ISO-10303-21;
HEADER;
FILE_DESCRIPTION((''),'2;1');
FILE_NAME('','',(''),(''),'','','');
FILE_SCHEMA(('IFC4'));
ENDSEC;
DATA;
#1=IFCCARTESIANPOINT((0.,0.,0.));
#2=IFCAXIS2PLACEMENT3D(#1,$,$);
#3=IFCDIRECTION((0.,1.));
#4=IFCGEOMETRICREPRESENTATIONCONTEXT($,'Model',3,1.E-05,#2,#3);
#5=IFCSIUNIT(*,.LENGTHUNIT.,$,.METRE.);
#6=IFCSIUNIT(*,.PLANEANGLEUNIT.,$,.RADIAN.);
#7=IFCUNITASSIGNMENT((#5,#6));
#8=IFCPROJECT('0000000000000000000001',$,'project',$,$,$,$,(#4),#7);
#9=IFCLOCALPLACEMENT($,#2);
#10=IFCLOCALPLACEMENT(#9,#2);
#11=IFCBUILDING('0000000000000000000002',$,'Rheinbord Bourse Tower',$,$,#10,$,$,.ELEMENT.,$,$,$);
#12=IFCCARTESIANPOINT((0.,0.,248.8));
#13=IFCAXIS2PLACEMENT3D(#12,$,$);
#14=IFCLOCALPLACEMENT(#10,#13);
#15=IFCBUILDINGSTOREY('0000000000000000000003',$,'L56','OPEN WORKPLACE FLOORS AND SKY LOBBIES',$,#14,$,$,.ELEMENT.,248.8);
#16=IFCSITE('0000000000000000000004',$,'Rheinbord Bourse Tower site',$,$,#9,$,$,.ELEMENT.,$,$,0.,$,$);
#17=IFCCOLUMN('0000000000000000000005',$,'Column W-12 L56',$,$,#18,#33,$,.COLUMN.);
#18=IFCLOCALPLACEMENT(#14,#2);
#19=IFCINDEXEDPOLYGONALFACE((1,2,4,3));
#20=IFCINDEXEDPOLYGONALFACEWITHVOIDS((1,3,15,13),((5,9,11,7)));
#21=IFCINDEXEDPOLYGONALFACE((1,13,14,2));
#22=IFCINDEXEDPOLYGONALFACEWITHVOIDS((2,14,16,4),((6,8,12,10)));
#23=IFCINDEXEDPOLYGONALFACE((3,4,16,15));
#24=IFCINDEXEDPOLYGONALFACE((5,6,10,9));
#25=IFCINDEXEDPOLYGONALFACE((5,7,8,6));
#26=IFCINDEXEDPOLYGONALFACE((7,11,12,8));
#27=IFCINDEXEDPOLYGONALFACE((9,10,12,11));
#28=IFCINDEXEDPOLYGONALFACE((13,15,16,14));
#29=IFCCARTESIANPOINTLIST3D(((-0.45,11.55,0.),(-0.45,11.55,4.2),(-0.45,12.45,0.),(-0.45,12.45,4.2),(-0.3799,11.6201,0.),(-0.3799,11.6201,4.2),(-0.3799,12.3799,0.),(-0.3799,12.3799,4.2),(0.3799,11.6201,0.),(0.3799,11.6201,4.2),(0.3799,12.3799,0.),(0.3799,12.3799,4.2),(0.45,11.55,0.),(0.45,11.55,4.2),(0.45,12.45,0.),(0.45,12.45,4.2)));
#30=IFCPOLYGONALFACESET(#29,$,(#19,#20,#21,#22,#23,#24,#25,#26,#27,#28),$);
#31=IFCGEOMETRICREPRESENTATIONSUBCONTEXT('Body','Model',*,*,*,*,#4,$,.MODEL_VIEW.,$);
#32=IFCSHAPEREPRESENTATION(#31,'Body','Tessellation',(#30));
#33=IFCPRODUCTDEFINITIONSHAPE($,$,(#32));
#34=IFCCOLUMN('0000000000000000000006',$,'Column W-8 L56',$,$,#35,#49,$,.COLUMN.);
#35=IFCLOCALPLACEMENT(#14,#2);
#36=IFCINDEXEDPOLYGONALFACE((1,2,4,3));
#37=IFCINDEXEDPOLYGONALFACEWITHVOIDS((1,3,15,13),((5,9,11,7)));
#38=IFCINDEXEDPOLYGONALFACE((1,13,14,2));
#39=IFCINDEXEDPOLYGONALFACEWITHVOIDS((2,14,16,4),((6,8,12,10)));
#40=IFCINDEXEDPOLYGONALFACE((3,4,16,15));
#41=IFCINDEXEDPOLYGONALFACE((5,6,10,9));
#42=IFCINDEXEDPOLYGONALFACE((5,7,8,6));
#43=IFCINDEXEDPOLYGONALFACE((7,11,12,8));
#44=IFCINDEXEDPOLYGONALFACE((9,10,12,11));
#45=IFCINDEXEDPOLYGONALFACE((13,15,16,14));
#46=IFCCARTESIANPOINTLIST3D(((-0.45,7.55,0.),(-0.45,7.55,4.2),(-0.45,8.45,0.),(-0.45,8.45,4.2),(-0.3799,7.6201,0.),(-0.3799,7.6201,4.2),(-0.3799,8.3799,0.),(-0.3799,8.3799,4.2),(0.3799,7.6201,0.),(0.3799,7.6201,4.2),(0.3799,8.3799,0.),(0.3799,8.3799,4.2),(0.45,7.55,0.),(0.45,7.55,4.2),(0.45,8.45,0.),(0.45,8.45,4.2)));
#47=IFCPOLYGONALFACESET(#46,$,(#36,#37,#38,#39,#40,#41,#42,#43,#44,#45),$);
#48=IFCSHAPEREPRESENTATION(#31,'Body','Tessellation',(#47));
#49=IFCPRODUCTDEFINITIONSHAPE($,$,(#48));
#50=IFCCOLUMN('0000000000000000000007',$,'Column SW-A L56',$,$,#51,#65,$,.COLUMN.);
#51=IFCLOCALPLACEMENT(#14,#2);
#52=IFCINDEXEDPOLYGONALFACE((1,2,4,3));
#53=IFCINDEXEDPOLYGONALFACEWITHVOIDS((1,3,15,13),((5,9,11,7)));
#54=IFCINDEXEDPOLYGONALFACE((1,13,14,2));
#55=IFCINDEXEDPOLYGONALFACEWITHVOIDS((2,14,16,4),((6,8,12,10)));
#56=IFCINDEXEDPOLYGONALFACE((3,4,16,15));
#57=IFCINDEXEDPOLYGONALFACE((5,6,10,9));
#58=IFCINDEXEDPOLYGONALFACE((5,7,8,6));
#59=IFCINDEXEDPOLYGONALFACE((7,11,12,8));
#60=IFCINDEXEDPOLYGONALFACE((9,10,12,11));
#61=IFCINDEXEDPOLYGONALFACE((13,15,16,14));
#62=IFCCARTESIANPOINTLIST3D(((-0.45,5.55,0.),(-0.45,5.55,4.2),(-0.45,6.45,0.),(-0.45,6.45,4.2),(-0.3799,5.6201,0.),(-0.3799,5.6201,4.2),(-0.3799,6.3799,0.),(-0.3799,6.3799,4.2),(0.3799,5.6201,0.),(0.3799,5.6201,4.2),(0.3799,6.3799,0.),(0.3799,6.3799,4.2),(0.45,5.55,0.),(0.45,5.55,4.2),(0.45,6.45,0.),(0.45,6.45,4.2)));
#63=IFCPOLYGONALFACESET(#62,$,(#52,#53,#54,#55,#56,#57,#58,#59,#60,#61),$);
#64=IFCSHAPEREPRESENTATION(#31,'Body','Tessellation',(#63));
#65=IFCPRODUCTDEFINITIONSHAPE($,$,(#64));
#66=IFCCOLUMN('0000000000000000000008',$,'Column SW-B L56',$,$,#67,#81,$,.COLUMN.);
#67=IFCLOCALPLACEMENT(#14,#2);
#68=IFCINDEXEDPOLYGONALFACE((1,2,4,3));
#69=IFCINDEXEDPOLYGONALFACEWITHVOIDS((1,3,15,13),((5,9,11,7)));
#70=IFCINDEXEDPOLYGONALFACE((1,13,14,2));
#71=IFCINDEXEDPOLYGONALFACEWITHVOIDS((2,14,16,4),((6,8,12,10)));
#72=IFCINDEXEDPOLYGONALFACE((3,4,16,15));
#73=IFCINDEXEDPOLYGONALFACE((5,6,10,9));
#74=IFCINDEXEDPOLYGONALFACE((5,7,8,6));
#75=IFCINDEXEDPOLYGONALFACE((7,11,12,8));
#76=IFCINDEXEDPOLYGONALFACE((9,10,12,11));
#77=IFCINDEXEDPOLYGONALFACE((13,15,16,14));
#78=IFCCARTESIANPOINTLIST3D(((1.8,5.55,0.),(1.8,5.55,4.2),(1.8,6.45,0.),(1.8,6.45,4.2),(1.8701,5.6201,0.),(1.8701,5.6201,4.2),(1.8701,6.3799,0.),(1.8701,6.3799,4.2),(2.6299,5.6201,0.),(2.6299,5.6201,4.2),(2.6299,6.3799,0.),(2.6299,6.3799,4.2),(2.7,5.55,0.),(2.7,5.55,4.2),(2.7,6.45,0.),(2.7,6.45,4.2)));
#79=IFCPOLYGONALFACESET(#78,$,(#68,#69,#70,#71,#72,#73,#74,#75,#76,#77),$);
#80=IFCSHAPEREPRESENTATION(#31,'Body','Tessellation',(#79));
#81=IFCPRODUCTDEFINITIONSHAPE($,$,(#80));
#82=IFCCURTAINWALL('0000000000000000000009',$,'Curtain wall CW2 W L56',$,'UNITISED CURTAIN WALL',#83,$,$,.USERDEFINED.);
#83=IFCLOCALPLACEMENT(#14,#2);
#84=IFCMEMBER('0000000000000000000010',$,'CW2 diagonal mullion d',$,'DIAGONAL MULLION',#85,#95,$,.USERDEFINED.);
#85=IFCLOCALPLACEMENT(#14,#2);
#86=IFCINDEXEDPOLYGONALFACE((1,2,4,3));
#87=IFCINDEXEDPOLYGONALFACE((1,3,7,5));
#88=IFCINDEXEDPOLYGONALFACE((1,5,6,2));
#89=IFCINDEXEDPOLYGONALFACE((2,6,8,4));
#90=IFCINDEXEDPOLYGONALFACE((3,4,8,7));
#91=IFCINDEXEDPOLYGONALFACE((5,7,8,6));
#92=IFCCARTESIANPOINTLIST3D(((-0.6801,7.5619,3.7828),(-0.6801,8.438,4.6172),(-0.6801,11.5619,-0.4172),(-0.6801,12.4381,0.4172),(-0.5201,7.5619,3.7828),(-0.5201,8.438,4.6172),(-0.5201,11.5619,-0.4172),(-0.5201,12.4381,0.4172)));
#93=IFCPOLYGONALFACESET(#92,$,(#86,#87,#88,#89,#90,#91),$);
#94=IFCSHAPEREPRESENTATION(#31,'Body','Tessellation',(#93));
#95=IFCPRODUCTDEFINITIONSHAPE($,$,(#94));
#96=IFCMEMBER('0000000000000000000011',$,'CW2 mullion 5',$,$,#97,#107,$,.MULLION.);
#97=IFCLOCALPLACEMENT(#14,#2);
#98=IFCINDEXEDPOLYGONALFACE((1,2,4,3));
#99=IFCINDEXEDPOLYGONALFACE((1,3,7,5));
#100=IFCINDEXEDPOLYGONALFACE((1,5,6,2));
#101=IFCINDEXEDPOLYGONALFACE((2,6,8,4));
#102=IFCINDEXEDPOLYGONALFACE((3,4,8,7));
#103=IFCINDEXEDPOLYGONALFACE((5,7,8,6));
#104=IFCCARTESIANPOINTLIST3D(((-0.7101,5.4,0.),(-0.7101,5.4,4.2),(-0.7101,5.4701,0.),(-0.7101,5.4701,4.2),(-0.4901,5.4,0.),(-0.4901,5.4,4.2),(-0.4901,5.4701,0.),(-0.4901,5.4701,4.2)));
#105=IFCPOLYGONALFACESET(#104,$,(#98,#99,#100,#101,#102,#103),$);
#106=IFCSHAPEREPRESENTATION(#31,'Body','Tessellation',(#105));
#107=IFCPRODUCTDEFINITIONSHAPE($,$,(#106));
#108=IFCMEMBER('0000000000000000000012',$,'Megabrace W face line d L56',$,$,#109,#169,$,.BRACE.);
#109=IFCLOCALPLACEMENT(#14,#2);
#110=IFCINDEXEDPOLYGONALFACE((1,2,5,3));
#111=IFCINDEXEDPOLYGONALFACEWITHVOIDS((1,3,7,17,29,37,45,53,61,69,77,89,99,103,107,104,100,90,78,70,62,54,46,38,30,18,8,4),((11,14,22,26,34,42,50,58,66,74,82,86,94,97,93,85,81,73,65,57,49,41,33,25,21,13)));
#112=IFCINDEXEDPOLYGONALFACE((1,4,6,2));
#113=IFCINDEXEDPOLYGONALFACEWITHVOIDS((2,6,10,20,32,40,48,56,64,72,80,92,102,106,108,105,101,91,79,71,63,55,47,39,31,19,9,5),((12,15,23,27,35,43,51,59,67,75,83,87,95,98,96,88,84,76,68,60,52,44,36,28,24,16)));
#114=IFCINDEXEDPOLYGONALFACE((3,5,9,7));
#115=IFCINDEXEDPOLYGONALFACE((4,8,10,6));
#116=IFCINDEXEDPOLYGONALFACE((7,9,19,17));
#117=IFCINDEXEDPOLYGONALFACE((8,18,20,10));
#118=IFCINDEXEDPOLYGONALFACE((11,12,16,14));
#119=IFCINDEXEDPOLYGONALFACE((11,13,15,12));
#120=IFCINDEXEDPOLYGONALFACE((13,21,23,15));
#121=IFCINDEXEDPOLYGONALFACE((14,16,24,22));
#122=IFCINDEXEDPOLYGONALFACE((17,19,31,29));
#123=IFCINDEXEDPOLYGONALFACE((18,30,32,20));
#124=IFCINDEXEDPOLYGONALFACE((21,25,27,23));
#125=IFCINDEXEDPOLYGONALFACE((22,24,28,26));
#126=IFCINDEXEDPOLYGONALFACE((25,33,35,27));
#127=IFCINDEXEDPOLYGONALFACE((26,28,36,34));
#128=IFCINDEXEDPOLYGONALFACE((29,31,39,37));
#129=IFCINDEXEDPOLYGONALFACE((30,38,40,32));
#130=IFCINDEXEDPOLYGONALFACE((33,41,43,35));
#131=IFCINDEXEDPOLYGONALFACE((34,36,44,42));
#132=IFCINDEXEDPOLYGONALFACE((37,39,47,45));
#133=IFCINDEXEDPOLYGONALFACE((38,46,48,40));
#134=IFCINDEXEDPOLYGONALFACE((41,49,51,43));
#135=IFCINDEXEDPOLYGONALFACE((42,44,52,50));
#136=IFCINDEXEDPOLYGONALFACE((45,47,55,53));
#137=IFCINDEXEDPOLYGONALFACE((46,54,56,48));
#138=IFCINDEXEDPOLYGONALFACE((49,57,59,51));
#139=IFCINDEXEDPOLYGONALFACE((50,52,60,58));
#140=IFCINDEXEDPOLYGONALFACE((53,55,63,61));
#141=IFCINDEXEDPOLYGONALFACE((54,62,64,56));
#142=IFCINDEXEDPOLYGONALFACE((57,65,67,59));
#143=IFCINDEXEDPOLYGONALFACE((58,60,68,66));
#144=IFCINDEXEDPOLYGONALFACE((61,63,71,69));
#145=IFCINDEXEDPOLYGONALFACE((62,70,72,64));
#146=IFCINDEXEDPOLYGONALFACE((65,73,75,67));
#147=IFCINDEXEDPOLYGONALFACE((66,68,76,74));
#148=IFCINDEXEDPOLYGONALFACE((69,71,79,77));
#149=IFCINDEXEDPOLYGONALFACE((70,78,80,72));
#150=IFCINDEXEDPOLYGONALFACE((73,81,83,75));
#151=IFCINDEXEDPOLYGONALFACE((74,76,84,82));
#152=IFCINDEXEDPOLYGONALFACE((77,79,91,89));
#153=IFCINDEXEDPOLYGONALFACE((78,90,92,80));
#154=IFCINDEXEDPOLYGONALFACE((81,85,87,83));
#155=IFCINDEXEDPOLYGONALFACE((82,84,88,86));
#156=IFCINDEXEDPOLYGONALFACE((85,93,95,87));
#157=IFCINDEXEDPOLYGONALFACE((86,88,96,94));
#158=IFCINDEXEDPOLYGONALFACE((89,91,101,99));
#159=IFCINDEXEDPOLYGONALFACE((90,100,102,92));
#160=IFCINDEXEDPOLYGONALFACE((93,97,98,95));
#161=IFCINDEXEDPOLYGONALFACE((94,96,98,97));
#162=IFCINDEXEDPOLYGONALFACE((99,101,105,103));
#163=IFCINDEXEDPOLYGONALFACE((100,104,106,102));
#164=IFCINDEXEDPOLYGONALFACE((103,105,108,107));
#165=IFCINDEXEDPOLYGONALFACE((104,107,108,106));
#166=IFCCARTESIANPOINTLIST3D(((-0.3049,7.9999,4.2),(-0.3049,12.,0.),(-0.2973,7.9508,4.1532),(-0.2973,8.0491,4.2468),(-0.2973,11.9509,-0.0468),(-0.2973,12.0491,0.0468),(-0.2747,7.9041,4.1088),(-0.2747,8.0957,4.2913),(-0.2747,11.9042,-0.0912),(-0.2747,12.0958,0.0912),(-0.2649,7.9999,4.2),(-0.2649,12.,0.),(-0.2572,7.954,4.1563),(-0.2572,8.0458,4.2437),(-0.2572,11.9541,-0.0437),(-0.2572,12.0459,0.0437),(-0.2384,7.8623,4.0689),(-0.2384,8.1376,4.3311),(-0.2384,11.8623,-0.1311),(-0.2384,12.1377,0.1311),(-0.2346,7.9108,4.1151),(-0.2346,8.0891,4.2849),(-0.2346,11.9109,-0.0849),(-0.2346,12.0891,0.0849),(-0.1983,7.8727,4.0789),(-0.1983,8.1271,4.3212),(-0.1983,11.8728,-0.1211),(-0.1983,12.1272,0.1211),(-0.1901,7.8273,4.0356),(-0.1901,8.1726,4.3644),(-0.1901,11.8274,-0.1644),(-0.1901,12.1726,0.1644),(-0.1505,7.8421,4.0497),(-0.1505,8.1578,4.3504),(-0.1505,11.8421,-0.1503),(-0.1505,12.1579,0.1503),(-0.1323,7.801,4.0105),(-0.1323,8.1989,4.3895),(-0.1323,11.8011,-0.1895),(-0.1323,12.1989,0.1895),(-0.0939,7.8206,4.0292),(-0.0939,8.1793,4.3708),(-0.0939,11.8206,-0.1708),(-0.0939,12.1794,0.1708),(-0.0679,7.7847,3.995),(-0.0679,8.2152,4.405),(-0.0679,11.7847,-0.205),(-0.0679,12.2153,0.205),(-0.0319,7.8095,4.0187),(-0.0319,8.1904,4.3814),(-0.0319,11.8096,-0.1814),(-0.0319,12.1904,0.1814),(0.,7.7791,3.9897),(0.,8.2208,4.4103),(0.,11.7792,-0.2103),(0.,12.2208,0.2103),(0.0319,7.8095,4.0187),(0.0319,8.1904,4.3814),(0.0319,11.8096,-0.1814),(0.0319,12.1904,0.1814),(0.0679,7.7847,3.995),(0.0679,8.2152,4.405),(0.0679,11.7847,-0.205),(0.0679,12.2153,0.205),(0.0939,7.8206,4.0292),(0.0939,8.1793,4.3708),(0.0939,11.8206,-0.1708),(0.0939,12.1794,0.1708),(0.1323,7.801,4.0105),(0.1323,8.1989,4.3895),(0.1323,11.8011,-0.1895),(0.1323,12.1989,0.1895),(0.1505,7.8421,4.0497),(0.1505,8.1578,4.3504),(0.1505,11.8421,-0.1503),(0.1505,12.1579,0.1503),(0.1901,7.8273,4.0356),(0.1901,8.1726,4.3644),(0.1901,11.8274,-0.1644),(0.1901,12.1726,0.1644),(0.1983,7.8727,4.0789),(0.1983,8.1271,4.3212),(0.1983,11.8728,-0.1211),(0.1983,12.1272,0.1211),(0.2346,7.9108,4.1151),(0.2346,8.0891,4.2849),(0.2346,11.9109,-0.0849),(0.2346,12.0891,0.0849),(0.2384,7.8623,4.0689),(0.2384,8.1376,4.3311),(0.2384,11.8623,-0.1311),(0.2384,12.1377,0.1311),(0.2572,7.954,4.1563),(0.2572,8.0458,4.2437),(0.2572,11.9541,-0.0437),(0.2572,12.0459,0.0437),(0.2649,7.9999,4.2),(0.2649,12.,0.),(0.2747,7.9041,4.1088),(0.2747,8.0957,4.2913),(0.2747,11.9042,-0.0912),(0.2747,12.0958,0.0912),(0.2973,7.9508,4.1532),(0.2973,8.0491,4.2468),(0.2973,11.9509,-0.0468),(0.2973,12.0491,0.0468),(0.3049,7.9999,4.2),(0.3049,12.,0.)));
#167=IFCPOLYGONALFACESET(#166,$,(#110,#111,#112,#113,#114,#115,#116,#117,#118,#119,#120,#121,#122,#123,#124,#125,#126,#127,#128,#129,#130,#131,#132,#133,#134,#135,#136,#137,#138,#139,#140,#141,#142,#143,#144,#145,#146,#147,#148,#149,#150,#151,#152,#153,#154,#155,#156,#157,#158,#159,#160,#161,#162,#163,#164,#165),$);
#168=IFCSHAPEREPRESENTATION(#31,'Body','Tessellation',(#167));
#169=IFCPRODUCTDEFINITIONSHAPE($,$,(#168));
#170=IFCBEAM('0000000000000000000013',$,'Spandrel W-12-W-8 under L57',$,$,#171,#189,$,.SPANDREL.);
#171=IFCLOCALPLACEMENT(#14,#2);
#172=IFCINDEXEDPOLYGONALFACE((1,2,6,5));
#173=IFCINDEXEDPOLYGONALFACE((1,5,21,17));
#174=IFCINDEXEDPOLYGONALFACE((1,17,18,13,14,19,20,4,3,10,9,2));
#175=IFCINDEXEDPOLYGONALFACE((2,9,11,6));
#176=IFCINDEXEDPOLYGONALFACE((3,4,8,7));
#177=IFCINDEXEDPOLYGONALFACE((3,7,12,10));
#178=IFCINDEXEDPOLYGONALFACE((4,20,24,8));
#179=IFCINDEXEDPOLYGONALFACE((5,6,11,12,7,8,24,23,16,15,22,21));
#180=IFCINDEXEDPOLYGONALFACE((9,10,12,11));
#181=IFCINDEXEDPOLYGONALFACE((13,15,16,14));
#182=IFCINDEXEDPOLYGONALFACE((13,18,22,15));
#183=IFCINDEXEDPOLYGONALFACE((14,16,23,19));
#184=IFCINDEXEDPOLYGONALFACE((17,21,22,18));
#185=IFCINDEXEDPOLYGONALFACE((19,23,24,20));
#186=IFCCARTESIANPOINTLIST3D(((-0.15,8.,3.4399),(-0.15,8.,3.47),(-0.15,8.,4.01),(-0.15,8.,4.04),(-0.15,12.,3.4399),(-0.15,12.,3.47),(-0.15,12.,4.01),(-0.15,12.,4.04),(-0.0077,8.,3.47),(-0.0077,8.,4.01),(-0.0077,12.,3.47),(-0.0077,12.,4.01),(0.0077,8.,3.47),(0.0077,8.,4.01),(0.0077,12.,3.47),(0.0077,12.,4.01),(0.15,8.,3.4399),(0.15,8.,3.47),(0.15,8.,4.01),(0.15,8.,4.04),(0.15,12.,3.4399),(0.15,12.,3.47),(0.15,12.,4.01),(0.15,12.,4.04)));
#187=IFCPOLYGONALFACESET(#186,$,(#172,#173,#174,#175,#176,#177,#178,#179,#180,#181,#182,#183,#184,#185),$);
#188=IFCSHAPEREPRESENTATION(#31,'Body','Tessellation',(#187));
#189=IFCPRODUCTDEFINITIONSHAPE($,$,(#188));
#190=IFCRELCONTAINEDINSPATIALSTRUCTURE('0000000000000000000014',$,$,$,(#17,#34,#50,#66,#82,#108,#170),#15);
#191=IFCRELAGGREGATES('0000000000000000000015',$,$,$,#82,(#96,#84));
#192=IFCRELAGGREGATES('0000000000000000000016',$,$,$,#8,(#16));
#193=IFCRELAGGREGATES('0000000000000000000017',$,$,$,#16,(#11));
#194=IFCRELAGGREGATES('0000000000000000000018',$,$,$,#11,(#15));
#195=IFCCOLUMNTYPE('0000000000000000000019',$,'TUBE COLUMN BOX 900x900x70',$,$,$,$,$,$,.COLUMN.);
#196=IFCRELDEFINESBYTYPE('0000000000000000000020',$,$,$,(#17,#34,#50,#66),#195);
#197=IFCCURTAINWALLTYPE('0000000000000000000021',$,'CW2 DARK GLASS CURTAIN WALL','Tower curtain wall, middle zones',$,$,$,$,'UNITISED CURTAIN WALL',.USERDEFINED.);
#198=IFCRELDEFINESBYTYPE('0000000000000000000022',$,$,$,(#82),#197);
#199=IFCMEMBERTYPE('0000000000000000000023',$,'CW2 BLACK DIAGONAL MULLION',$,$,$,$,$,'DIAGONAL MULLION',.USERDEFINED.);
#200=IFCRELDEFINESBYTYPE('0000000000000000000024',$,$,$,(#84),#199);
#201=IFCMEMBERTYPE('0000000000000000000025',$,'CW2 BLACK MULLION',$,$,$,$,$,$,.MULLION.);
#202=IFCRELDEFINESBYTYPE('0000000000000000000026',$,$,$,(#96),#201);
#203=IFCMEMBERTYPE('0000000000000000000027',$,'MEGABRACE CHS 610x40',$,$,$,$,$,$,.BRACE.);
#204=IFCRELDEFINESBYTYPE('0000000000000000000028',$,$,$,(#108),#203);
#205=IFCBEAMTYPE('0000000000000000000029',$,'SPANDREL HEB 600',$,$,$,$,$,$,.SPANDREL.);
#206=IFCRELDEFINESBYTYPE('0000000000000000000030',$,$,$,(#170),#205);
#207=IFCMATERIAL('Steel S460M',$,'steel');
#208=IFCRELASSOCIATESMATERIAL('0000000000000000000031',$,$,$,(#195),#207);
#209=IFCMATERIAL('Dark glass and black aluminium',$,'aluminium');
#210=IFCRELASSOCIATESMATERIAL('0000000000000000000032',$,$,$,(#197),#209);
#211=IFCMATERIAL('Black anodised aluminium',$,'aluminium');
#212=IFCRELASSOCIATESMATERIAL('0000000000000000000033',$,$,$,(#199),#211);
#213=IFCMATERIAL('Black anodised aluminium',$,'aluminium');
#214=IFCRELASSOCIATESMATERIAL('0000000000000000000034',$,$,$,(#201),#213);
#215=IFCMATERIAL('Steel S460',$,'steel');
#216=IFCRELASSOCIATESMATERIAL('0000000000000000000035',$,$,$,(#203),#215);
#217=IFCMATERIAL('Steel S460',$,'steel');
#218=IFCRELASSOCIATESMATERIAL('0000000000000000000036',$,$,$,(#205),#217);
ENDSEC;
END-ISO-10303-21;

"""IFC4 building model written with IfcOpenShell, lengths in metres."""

from ifc_helpers import new_model, si_unit, direction, frame, origin, origin_2d, place, context, subcontext, project, spatial, rectangle, hollow_rectangle, hollow_circle, i_section, extrude, material, material_profile, profile_set, type_object, element, aggregate, save


model = new_model("IFC4")

# Units and contexts
model_context = context("Model", 3, precision=1e-05, world=origin(), true_north=direction((0.0, 1.0)))
body_context = subcontext(model_context, "Body", "Model", "MODEL_VIEW")
ifc_project = project(units=[si_unit("LENGTHUNIT", "METRE"), si_unit("PLANEANGLEUNIT", "RADIAN")], contexts=[model_context])

# Site, building, storey
site_placement = place(None, origin())
site = spatial("IfcSite", under=ifc_project, at=site_placement, Name="Rheinbord Bourse Tower site", CompositionType="ELEMENT", RefElevation=0.0)
building_placement = place(site_placement, origin())
building = spatial("IfcBuilding", under=site, at=building_placement, Name="Rheinbord Bourse Tower", CompositionType="ELEMENT")
storey_placement = place(building_placement, frame((0.0, 0.0, 248.8)))
storey = spatial("IfcBuildingStorey", under=building, at=storey_placement, Name="L56", Description="OPEN WORKPLACE FLOORS AND SKY LOBBIES", CompositionType="ELEMENT", Elevation=248.8)

# Columns
ifc_material_1 = material(Name="Steel S460M", Category="steel")
ifc_material_profile_1 = material_profile(ifc_material_1, hollow_rectangle(XDim=0.8999, YDim=0.8999, WallThickness=0.0701, at=origin_2d()), Name="BOX 900x900x70")
ifc_profile_set_1 = profile_set([ifc_material_profile_1], Name="Steel S460M")
column_type = type_object("IfcColumnType", Name="TUBE COLUMN BOX 900x900x70", PredefinedType="COLUMN", material=ifc_profile_set_1)
for number, where, z_axis, x_axis, name in (
    (1, (0.0, 12.0, 0.0), (0.0, 0.0, 1.0), (1.0, 0.0, 0.0), "Column W-12 L56"),
    (2, (0.0, 8.0, 0.0), (0.0, 0.0, 1.0), (1.0, 0.0, 0.0), "Column W-8 L56"),
    (3, (0.0, 6.0, 0.0), (0.0, 0.0, 1.0), (1.0, 0.0, 0.0), "Column SW-A L56"),
    (4, (2.25, 6.0, 0.0), (0.0, 0.0, 1.0), (1.0, 0.0, 0.0), "Column SW-B L56"),
):
    element("IfcColumn", number, at=place(storey_placement, frame(where, z_axis=z_axis, x_axis=x_axis)), inside=storey, type_object=column_type, Name=name, PredefinedType="COLUMN", context=body_context, shape_type="SweptSolid", body=[
        extrude(hollow_rectangle(XDim=0.8999, YDim=0.8999, WallThickness=0.0701, at=origin_2d()), origin(), (0.0, 0.0, 1.0), 4.2),
    ])

# Curtain wall, members
ifc_material_2 = material(Name="Dark glass and black aluminium", Category="aluminium")
curtain_wall_type = type_object("IfcCurtainWallType", Name="CW2 DARK GLASS CURTAIN WALL", Description="Tower curtain wall, middle zones", ElementType="UNITISED CURTAIN WALL", PredefinedType="USERDEFINED", material=ifc_material_2)
curtain_wall_placement = place(storey_placement, origin())
curtain_wall = element("IfcCurtainWall", 5, at=curtain_wall_placement, inside=storey, type_object=curtain_wall_type, Name="Curtain wall CW2 W L56", ObjectType="UNITISED CURTAIN WALL", PredefinedType="USERDEFINED")
ifc_material_3 = material(Name="Black anodised aluminium", Category="aluminium")
ifc_material_profile_2 = material_profile(ifc_material_3, rectangle(XDim=0.1599, YDim=1.21, at=origin_2d()), Name="CW2 DIAGONAL MULLION 1210x160")
ifc_profile_set_2 = profile_set([ifc_material_profile_2], Name="Black anodised aluminium")
member_type_1 = type_object("IfcMemberType", Name="CW2 BLACK DIAGONAL MULLION", ElementType="DIAGONAL MULLION", PredefinedType="USERDEFINED", material=ifc_profile_set_2)
member_1_placement = place(storey_placement, frame((-0.6001, 12.0, 0.0), z_axis=(0.0, -0.689659, 0.724134), x_axis=(1.0, 0.0, 0.0)))
member_1 = element("IfcMember", 6, at=member_1_placement, type_object=member_type_1, Name="CW2 diagonal mullion d", ObjectType="DIAGONAL MULLION", PredefinedType="USERDEFINED", context=body_context, shape_type="SweptSolid", body=[
    extrude(rectangle(XDim=0.1599, YDim=1.21, at=origin_2d()), origin(), (0.0, 0.0, 1.0), 5.8),
])
ifc_material_4 = material(Name="Black anodised aluminium", Category="aluminium")
ifc_material_profile_3 = material_profile(ifc_material_4, rectangle(XDim=0.22, YDim=0.0701, at=origin_2d()), Name="CW2 MULLION 70x220")
ifc_profile_set_3 = profile_set([ifc_material_profile_3], Name="Black anodised aluminium")
member_type_2 = type_object("IfcMemberType", Name="CW2 BLACK MULLION", PredefinedType="MULLION", material=ifc_profile_set_3)
member_2_placement = place(storey_placement, frame((-0.6001, 5.4351, 0.0), z_axis=(0.0, 0.0, 1.0), x_axis=(1.0, 0.0, 0.0)))
member_2 = element("IfcMember", 7, at=member_2_placement, type_object=member_type_2, Name="CW2 mullion 5", PredefinedType="MULLION", context=body_context, shape_type="SweptSolid", body=[
    extrude(rectangle(XDim=0.22, YDim=0.0701, at=origin_2d()), origin(), (0.0, 0.0, 1.0), 4.2),
])

# Member
ifc_material_5 = material(Name="Steel S460", Category="steel")
ifc_material_profile_4 = material_profile(ifc_material_5, hollow_circle(Radius=0.3049, WallThickness=0.04, at=origin_2d()), Name="CHS 610x40")
ifc_profile_set_4 = profile_set([ifc_material_profile_4], Name="Steel S460")
member_type_3 = type_object("IfcMemberType", Name="MEGABRACE CHS 610x40", PredefinedType="BRACE", material=ifc_profile_set_4)
member_3_placement = place(storey_placement, frame((0.0, 12.0, 0.0), z_axis=(0.0, -0.689659, 0.724134), x_axis=(1.0, 0.0, 0.0)))
element("IfcMember", 8, at=member_3_placement, inside=storey, type_object=member_type_3, Name="Megabrace W face line d L56", PredefinedType="BRACE", context=body_context, shape_type="SweptSolid", body=[
    extrude(hollow_circle(Radius=0.3049, WallThickness=0.04, at=origin_2d()), origin(), (0.0, 0.0, 1.0), 5.8),
])

# Beam
ifc_material_6 = material(Name="Steel S460", Category="steel")
ifc_material_profile_5 = material_profile(ifc_material_6, i_section(OverallWidth=0.3, OverallDepth=0.6001, WebThickness=0.0154, FlangeThickness=0.03, at=origin_2d()), Name="HEB 600")
ifc_profile_set_5 = profile_set([ifc_material_profile_5], Name="Steel S460")
beam_type_1 = type_object("IfcBeamType", Name="SPANDREL HEB 600", PredefinedType="SPANDREL", material=ifc_profile_set_5)
beam_1_placement = place(storey_placement, frame((0.0, 12.0, 3.74), z_axis=(0.0, -1.0, 0.0), x_axis=(1.0, 0.0, 0.0)))
element("IfcBeam", 9, at=beam_1_placement, inside=storey, type_object=beam_type_1, Name="Spandrel W-12-W-8 under L57", PredefinedType="SPANDREL", context=body_context, shape_type="SweptSolid", body=[
    extrude(i_section(OverallWidth=0.3, OverallDepth=0.6001, WebThickness=0.0154, FlangeThickness=0.03, at=origin_2d()), origin(), (0.0, 0.0, 1.0), 4.0),
])

aggregate(curtain_wall, [member_2, member_1])

save(model, "model.ifc")
